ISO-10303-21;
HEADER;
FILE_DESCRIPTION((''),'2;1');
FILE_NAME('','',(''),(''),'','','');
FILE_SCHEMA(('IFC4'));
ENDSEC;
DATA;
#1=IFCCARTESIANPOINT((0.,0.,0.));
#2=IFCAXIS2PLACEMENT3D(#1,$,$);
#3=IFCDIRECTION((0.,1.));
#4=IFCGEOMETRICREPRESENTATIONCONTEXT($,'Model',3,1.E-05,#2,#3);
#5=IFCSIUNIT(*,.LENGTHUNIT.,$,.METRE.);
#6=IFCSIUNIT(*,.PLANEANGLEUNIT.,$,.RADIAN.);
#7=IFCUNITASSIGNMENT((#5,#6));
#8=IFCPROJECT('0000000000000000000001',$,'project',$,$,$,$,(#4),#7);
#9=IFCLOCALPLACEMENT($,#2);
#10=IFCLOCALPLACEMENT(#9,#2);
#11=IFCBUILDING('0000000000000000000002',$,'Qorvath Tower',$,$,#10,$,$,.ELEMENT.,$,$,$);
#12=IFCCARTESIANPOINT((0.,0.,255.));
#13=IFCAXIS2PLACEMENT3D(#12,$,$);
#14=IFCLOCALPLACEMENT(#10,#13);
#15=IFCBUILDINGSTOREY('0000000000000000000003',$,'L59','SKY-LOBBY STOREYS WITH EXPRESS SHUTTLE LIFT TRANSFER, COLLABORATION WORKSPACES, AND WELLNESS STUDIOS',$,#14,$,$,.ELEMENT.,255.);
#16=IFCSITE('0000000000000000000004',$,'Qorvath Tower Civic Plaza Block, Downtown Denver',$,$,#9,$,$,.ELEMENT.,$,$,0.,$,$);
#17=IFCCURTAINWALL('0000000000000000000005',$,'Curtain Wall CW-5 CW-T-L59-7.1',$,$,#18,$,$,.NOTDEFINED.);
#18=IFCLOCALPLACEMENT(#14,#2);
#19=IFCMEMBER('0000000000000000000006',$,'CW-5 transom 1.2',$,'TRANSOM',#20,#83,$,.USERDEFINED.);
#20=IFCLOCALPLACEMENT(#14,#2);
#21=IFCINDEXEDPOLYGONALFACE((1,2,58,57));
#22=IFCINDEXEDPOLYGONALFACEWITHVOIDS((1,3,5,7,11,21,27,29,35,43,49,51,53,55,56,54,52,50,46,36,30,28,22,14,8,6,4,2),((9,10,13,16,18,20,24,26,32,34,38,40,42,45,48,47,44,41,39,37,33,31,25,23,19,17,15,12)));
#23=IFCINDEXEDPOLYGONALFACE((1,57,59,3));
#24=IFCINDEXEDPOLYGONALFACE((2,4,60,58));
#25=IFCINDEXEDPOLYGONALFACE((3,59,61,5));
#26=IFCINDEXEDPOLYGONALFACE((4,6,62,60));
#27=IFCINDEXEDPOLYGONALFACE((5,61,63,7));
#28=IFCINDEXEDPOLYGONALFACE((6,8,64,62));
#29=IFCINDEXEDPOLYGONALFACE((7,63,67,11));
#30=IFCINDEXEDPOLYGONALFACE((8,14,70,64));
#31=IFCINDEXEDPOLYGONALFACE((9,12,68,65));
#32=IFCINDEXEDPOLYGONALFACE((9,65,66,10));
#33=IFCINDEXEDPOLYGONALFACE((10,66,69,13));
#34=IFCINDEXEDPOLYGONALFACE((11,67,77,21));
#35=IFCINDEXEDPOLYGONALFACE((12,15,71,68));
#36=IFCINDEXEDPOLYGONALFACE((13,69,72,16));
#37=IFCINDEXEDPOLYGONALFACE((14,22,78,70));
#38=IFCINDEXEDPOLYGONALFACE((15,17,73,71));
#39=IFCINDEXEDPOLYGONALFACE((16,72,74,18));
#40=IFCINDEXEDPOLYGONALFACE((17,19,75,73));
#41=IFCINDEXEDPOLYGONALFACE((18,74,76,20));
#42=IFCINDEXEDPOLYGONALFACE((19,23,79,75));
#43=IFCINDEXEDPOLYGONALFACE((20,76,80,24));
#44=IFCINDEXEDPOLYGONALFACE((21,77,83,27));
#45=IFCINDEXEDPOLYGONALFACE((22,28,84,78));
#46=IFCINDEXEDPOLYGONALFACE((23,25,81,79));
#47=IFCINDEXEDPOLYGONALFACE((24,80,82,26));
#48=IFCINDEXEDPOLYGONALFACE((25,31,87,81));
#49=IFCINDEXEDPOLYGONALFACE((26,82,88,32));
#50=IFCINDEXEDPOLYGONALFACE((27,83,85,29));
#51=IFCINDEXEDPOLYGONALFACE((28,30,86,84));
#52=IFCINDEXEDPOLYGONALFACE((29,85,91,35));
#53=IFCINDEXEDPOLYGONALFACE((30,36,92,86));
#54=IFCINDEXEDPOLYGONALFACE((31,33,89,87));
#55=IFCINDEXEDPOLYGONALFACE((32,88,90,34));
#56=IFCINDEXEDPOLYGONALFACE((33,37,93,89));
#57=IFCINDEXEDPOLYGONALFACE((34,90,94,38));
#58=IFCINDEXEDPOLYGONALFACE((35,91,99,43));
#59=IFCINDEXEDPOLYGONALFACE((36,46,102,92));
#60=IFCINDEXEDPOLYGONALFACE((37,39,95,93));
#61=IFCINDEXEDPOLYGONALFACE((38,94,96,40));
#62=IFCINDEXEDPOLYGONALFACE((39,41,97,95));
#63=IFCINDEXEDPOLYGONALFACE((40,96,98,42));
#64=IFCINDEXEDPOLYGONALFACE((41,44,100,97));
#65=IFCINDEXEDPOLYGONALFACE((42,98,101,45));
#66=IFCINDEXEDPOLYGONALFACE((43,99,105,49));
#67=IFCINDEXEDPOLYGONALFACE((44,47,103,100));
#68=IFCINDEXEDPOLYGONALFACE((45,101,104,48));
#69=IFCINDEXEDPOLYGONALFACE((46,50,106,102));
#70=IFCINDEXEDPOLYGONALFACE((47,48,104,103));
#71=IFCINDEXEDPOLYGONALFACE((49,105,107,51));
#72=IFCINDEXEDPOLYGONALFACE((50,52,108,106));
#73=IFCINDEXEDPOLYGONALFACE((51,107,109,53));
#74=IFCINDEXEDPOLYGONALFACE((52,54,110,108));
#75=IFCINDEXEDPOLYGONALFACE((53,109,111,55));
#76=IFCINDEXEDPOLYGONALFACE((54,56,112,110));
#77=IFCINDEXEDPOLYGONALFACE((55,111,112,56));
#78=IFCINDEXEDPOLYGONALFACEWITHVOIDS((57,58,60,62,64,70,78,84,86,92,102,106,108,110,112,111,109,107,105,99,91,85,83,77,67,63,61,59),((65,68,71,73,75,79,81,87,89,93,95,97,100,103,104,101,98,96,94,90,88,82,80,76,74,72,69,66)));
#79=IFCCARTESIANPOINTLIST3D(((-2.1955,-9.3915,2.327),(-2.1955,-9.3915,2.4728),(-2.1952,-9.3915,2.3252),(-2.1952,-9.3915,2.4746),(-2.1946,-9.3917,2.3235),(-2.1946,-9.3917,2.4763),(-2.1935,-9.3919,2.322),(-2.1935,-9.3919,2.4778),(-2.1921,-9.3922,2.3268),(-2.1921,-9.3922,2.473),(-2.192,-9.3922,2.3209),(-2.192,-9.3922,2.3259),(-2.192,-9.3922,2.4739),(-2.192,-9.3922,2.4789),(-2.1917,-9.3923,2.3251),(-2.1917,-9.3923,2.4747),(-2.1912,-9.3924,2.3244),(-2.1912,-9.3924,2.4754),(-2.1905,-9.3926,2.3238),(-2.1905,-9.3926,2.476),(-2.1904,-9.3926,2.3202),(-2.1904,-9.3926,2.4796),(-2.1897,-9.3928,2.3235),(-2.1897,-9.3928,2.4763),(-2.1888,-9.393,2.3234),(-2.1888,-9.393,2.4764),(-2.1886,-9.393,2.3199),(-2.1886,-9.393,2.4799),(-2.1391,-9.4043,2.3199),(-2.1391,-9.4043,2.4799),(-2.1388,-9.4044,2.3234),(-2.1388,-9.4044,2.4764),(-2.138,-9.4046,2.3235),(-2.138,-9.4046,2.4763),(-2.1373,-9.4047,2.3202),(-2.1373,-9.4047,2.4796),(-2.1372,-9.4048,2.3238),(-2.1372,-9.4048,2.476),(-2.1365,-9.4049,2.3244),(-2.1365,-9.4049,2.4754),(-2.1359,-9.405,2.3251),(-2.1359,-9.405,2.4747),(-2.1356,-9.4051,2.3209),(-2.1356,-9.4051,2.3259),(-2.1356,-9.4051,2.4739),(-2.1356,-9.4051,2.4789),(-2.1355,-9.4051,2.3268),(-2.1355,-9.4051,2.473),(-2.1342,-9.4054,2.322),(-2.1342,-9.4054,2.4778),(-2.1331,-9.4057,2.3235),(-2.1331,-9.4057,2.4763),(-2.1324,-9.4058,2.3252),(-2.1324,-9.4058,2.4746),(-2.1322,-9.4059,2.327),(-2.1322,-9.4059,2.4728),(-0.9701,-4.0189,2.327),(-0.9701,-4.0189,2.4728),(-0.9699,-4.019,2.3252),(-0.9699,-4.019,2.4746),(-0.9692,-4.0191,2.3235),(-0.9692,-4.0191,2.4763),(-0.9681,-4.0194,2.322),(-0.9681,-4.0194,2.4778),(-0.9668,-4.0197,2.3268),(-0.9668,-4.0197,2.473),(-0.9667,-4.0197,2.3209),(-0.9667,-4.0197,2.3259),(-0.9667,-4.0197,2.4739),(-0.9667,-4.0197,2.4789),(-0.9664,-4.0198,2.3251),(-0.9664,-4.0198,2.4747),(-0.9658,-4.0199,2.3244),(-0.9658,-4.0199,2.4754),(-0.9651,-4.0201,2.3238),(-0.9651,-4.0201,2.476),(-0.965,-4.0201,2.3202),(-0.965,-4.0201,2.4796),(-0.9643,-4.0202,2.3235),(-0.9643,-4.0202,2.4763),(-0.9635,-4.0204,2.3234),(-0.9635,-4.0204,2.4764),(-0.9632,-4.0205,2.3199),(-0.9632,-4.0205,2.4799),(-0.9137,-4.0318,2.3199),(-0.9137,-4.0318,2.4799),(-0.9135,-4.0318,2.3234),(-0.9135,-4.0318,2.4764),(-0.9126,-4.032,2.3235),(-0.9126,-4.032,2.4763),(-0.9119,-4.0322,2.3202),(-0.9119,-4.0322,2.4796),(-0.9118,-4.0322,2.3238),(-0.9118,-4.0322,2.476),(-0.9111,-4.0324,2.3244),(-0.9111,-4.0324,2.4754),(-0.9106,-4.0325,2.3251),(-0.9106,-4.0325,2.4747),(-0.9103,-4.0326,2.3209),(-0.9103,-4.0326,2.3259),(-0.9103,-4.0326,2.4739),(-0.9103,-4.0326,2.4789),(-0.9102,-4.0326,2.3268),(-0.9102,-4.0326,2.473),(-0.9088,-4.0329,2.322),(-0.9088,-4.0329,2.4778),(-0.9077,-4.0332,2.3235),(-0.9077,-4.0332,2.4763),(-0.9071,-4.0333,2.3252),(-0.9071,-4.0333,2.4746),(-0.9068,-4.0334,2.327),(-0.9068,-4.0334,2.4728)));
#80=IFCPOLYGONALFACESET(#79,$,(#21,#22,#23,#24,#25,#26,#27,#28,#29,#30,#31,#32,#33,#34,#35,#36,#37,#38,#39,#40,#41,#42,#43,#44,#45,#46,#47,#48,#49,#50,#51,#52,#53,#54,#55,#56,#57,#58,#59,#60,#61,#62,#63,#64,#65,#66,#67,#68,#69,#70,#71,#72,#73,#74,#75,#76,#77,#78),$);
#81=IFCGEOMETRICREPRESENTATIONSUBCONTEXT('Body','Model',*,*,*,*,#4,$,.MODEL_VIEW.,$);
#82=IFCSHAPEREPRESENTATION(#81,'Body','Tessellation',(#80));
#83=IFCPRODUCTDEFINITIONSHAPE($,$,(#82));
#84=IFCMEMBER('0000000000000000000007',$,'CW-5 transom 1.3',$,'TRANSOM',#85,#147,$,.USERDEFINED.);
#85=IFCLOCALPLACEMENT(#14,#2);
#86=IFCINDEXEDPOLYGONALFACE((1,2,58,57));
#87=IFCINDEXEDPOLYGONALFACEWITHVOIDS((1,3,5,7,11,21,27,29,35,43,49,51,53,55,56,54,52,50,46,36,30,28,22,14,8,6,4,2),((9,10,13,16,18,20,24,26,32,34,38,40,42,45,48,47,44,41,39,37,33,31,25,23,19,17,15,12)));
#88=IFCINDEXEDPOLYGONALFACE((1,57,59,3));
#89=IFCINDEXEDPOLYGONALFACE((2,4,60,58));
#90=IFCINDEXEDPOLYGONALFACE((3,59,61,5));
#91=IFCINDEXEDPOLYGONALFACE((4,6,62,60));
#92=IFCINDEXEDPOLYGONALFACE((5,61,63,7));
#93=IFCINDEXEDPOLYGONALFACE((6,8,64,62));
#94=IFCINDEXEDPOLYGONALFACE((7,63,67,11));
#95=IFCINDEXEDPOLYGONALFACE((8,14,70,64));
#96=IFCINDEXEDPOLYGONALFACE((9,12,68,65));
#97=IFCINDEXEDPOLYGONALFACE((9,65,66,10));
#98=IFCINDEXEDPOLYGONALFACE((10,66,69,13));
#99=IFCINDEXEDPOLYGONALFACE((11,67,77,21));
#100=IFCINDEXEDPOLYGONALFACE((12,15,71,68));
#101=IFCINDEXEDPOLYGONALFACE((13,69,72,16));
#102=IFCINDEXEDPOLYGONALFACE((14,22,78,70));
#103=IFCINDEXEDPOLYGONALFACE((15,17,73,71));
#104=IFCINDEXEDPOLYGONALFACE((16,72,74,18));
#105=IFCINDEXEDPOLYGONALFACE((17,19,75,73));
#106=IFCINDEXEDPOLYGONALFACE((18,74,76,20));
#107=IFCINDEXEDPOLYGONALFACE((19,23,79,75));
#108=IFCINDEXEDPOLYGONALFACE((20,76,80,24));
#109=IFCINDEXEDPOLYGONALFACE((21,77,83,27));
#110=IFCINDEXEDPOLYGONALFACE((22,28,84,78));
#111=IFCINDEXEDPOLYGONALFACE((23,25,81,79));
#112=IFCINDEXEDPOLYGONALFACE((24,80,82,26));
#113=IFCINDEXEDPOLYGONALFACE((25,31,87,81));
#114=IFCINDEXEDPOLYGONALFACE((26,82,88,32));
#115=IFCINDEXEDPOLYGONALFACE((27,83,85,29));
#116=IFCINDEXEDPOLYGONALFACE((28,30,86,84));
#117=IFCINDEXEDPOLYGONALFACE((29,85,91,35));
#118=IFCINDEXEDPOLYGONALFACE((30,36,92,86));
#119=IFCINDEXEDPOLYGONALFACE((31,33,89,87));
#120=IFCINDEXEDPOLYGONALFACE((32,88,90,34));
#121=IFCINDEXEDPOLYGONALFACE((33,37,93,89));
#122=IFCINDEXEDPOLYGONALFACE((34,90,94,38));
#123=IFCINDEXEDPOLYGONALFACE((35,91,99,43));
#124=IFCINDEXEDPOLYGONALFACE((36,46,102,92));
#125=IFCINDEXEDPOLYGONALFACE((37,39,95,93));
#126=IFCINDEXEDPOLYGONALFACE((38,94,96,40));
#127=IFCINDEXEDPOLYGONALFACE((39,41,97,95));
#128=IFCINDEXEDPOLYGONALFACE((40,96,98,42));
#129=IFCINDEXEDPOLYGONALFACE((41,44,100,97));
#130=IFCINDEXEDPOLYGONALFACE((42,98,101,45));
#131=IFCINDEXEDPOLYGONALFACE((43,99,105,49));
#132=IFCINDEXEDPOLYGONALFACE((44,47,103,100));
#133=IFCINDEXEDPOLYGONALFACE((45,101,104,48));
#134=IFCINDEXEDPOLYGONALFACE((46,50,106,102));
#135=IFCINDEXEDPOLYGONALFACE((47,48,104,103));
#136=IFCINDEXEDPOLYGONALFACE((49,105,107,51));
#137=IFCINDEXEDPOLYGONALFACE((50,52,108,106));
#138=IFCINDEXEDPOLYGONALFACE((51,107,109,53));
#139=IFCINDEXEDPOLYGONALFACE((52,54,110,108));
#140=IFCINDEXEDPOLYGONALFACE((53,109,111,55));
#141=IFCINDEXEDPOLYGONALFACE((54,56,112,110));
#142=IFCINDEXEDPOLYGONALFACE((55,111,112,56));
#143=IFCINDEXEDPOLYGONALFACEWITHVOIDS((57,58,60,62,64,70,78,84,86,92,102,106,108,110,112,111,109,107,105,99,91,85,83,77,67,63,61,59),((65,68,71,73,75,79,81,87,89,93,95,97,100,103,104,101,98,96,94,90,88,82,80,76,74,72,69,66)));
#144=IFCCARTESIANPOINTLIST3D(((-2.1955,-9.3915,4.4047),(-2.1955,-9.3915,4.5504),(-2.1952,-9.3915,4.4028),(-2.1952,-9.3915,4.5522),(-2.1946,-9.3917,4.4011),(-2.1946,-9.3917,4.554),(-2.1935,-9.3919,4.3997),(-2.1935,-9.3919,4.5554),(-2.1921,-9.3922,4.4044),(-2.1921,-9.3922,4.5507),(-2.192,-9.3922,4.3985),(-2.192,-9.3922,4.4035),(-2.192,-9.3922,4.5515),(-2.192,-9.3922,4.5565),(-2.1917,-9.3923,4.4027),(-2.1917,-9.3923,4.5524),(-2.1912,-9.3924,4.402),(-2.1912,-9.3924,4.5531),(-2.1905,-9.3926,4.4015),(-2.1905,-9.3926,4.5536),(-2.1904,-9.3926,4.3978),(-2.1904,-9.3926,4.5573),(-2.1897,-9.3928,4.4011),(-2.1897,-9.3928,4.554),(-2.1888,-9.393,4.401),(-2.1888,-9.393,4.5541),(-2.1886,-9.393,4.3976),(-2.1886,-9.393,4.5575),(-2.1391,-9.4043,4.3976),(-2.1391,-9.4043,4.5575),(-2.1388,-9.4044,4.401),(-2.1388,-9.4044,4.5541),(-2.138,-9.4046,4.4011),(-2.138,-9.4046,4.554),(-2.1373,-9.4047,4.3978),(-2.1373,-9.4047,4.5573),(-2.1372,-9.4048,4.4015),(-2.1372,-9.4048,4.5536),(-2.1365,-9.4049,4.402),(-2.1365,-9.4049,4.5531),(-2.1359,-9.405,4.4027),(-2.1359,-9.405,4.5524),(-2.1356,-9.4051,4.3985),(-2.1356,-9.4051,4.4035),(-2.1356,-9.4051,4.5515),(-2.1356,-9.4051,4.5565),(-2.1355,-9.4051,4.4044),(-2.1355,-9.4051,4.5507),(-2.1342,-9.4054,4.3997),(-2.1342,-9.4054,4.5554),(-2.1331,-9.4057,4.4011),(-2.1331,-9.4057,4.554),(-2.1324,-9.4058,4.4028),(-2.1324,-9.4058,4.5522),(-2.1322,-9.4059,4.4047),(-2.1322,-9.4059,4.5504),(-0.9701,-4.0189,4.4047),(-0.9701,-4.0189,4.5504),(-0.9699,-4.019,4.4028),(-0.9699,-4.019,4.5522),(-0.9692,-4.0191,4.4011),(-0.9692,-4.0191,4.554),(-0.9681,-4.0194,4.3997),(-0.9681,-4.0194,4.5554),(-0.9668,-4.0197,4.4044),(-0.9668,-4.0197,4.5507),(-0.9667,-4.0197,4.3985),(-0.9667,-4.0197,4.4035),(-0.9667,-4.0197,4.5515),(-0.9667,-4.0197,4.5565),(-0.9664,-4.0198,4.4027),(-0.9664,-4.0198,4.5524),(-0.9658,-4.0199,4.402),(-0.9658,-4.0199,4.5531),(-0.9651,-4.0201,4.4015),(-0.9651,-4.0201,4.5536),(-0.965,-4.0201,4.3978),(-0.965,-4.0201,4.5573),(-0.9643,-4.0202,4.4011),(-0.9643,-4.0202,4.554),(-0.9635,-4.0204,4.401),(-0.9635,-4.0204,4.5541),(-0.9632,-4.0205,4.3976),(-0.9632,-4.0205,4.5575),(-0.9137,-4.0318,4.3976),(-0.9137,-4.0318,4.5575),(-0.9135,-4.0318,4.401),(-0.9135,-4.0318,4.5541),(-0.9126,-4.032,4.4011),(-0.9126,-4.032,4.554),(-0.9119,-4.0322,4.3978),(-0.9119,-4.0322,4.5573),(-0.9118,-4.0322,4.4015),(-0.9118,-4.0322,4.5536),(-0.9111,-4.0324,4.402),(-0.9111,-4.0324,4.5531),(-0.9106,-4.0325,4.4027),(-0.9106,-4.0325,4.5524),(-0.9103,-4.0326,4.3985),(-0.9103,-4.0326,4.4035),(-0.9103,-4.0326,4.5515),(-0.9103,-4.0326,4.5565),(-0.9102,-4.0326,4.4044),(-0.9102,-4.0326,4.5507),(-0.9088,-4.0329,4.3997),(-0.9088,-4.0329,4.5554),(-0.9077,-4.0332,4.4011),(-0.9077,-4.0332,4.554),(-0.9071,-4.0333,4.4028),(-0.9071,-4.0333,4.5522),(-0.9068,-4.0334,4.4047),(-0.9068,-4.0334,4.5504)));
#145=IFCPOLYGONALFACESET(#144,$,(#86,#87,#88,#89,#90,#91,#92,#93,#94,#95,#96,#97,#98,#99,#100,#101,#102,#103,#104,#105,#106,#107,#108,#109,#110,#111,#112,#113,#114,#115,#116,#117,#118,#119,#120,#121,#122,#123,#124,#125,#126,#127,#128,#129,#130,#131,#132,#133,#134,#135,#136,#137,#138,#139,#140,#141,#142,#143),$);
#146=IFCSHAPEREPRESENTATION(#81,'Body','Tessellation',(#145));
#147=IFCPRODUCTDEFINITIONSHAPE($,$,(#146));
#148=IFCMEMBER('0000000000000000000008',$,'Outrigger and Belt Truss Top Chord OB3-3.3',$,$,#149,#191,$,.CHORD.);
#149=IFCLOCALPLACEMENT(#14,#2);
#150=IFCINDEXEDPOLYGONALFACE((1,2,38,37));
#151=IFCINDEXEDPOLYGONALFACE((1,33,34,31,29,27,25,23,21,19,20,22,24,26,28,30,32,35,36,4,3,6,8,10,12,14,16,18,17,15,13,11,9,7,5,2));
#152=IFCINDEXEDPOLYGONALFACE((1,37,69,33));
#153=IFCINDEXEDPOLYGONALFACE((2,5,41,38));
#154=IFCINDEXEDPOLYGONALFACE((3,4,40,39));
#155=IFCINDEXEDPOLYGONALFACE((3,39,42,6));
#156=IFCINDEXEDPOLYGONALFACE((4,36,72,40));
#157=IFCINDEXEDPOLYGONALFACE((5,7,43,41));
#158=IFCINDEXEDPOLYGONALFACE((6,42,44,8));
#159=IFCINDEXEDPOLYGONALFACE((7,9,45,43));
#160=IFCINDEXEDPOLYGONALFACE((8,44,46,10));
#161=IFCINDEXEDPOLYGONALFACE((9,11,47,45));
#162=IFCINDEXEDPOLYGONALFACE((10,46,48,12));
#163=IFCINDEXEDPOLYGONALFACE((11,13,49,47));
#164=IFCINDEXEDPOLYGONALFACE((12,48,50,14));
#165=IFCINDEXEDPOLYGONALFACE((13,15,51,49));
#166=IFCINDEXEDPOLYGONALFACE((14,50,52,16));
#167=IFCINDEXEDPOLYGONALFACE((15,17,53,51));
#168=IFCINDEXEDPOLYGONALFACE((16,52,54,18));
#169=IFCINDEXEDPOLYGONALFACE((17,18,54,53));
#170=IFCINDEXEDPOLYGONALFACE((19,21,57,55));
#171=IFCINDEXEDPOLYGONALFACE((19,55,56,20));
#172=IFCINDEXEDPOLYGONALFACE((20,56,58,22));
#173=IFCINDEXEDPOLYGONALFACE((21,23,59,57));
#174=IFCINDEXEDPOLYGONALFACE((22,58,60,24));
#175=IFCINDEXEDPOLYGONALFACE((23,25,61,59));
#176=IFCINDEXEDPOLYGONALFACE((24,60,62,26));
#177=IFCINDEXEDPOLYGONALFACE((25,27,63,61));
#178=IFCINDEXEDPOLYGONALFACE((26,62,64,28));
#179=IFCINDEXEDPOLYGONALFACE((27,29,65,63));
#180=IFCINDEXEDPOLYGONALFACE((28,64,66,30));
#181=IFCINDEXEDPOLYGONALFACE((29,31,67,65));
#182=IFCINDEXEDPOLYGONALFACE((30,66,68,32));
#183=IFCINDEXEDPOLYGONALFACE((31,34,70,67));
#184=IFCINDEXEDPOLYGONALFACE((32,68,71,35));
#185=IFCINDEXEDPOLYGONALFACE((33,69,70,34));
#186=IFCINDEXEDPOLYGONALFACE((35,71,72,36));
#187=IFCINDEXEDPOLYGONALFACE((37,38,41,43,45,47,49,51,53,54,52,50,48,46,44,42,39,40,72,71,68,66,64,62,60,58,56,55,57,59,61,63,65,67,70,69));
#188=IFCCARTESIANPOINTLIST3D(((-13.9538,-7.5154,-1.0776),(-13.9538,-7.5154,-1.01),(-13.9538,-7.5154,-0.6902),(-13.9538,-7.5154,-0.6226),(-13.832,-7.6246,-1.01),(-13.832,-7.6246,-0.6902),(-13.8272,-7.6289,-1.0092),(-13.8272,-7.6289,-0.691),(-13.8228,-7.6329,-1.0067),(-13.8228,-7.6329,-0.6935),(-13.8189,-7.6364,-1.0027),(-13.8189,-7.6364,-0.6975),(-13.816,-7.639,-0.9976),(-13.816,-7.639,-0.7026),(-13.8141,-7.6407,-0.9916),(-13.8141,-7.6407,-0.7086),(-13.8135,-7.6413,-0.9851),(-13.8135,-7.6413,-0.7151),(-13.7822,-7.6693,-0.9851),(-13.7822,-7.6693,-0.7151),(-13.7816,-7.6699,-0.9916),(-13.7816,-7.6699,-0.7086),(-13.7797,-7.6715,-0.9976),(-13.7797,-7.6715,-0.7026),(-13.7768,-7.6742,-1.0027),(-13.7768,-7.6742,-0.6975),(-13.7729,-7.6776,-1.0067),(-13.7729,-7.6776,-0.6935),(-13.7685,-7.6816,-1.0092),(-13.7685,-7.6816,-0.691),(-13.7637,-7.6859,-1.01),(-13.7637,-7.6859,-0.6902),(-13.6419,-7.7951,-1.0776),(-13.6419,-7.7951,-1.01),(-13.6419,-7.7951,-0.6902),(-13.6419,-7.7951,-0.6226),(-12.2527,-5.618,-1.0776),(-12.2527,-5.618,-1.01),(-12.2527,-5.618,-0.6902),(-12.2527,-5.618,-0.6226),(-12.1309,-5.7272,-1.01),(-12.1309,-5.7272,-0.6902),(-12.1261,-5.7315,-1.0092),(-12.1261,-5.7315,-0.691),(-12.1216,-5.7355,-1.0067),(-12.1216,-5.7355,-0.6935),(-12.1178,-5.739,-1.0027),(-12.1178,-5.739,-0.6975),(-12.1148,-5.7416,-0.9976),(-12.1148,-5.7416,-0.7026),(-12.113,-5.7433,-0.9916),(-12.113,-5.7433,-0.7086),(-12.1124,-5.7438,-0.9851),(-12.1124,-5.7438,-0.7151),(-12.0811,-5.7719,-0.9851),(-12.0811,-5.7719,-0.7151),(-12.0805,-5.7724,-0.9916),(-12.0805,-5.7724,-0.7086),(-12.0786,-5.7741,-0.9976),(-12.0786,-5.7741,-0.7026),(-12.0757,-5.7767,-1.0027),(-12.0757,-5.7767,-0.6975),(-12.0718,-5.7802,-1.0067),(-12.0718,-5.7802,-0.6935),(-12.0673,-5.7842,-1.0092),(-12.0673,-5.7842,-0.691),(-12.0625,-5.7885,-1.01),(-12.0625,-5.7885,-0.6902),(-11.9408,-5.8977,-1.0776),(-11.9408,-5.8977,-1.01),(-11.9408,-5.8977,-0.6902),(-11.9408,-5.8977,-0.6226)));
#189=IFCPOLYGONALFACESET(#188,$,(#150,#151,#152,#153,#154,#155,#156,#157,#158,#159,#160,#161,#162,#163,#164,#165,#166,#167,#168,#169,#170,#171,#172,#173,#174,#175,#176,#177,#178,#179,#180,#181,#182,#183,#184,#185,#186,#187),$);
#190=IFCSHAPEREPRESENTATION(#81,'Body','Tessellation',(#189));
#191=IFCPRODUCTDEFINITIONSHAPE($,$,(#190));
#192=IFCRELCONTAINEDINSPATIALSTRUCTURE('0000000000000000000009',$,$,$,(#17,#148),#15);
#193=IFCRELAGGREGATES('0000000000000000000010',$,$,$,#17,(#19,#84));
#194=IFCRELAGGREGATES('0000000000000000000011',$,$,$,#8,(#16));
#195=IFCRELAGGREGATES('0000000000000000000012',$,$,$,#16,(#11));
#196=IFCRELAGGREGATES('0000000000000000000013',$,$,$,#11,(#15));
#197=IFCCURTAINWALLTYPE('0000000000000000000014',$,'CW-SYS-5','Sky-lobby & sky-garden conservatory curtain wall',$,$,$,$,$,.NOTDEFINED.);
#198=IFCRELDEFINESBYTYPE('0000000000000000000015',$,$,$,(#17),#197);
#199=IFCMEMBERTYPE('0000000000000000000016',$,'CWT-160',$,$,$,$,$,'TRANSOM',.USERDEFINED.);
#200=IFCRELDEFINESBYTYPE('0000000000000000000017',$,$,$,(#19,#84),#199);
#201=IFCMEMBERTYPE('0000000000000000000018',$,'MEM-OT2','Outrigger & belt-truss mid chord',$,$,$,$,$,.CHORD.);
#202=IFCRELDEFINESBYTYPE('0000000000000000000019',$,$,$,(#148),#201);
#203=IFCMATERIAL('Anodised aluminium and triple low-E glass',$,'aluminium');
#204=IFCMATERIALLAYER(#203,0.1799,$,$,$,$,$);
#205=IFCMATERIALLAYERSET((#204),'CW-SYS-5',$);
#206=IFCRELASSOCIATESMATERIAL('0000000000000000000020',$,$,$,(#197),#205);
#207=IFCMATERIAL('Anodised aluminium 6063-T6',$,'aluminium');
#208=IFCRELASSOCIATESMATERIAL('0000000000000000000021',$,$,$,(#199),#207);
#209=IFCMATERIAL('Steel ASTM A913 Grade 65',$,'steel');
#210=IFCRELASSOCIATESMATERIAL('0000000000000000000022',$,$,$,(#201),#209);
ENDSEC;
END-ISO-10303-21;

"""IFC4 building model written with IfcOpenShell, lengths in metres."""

from ifc_helpers import new_model, si_unit, direction, frame, origin, origin_2d, place, context, subcontext, project, spatial, hollow_rectangle, i_section, extrude, material, layer, layer_set, material_profile, profile_set, type_object, element, aggregate, save


model = new_model("IFC4")

# Units and contexts
model_context = context("Model", 3, precision=1e-05, world=origin(), true_north=direction((0.0, 1.0)))
body_context = subcontext(model_context, "Body", "Model", "MODEL_VIEW")
ifc_project = project(units=[si_unit("LENGTHUNIT", "METRE"), si_unit("PLANEANGLEUNIT", "RADIAN")], contexts=[model_context])

# Site, building, storey
site_placement = place(None, origin())
site = spatial("IfcSite", under=ifc_project, at=site_placement, Name="Qorvath Tower Civic Plaza Block, Downtown Denver", CompositionType="ELEMENT", RefElevation=0.0)
building_placement = place(site_placement, origin())
building = spatial("IfcBuilding", under=site, at=building_placement, Name="Qorvath Tower", CompositionType="ELEMENT")
storey_placement = place(building_placement, frame((0.0, 0.0, 255.0)))
storey = spatial("IfcBuildingStorey", under=building, at=storey_placement, Name="L59", Description="SKY-LOBBY STOREYS WITH EXPRESS SHUTTLE LIFT TRANSFER, COLLABORATION WORKSPACES, AND WELLNESS STUDIOS", CompositionType="ELEMENT", Elevation=255.0)

# Shared definitions
ifc_material_1 = material(Name="Anodised aluminium and triple low-E glass", Category="aluminium")
ifc_layer_1 = layer(ifc_material_1, 0.1799)
ifc_layer_set_1 = layer_set([ifc_layer_1], Name="CW-SYS-5")
curtain_wall_type = type_object("IfcCurtainWallType", Name="CW-SYS-5", Description="Sky-lobby & sky-garden conservatory curtain wall", PredefinedType="NOTDEFINED", material=ifc_layer_set_1)

# Curtain wall
curtain_wall_1_placement = place(storey_placement, origin())
curtain_wall_1 = element("IfcCurtainWall", 1, at=curtain_wall_1_placement, inside=storey, type_object=curtain_wall_type, Name="Curtain Wall CW-5 CW-T-L59-7.1", PredefinedType="NOTDEFINED")

# Members
ifc_material_2 = material(Name="Anodised aluminium 6063-T6", Category="aluminium")
ifc_material_profile_1 = material_profile(ifc_material_2, hollow_rectangle(XDim=0.0649, YDim=0.1599, WallThickness=0.0034, InnerFilletRadius=0.0034, OuterFilletRadius=0.0071, at=origin_2d()), Name="CWT 160x65")
ifc_profile_set_1 = profile_set([ifc_material_profile_1], Name="Anodised aluminium 6063-T6")
member_type_1 = type_object("IfcMemberType", Name="CWT-160", ElementType="TRANSOM", PredefinedType="USERDEFINED", material=ifc_profile_set_1)
member_1_placement = place(storey_placement, frame((-2.1638, -9.3987, 2.3999), z_axis=(0.222364, 0.974964, 0.0), x_axis=(-0.974964, 0.222364, 0.0)))
member_1 = element("IfcMember", 2, at=member_1_placement, type_object=member_type_1, Name="CW-5 transom 1.2", ObjectType="TRANSOM", PredefinedType="USERDEFINED", context=body_context, shape_type="SweptSolid", body=[
    extrude(hollow_rectangle(XDim=0.0649, YDim=0.1599, WallThickness=0.0034, InnerFilletRadius=0.0034, OuterFilletRadius=0.0071, at=origin_2d()), origin(), (0.0, 0.0, 1.0), 5.5105),
])
member_2_placement = place(storey_placement, frame((-2.1638, -9.3987, 4.4775), z_axis=(0.222364, 0.974964, 0.0), x_axis=(-0.974964, 0.222364, 0.0)))
member_2 = element("IfcMember", 3, at=member_2_placement, type_object=member_type_1, Name="CW-5 transom 1.3", ObjectType="TRANSOM", PredefinedType="USERDEFINED", context=body_context, shape_type="SweptSolid", body=[
    extrude(hollow_rectangle(XDim=0.0649, YDim=0.1599, WallThickness=0.0034, InnerFilletRadius=0.0034, OuterFilletRadius=0.0071, at=origin_2d()), origin(), (0.0, 0.0, 1.0), 5.5105),
])
aggregate(curtain_wall_1, [member_1, member_2])
ifc_material_3 = material(Name="Steel ASTM A913 Grade 65", Category="steel")
ifc_material_profile_2 = material_profile(ifc_material_3, i_section(OverallWidth=0.4189, OverallDepth=0.4551, WebThickness=0.042, FlangeThickness=0.0676, FilletRadius=0.0249, at=origin_2d()), Name="W14x370")
ifc_profile_set_2 = profile_set([ifc_material_profile_2], Name="Steel ASTM A913 Grade 65")
member_type_2 = type_object("IfcMemberType", Name="MEM-OT2", Description="Outrigger & belt-truss mid chord", PredefinedType="CHORD", material=ifc_profile_set_2)
member_3_placement = place(storey_placement, frame((-13.7979, -7.6553, -0.8501), z_axis=(0.667545, 0.744569, 0.0), x_axis=(-0.744569, 0.667545, 0.0)))
element("IfcMember", 4, at=member_3_placement, inside=storey, type_object=member_type_2, Name="Outrigger and Belt Truss Top Chord OB3-3.3", PredefinedType="CHORD", context=body_context, shape_type="SweptSolid", body=[
    extrude(i_section(OverallWidth=0.4189, OverallDepth=0.4551, WebThickness=0.042, FlangeThickness=0.0676, FilletRadius=0.0249, at=origin_2d()), origin(), (0.0, 0.0, 1.0), 2.5483),
])

save(model, "model.ifc")
